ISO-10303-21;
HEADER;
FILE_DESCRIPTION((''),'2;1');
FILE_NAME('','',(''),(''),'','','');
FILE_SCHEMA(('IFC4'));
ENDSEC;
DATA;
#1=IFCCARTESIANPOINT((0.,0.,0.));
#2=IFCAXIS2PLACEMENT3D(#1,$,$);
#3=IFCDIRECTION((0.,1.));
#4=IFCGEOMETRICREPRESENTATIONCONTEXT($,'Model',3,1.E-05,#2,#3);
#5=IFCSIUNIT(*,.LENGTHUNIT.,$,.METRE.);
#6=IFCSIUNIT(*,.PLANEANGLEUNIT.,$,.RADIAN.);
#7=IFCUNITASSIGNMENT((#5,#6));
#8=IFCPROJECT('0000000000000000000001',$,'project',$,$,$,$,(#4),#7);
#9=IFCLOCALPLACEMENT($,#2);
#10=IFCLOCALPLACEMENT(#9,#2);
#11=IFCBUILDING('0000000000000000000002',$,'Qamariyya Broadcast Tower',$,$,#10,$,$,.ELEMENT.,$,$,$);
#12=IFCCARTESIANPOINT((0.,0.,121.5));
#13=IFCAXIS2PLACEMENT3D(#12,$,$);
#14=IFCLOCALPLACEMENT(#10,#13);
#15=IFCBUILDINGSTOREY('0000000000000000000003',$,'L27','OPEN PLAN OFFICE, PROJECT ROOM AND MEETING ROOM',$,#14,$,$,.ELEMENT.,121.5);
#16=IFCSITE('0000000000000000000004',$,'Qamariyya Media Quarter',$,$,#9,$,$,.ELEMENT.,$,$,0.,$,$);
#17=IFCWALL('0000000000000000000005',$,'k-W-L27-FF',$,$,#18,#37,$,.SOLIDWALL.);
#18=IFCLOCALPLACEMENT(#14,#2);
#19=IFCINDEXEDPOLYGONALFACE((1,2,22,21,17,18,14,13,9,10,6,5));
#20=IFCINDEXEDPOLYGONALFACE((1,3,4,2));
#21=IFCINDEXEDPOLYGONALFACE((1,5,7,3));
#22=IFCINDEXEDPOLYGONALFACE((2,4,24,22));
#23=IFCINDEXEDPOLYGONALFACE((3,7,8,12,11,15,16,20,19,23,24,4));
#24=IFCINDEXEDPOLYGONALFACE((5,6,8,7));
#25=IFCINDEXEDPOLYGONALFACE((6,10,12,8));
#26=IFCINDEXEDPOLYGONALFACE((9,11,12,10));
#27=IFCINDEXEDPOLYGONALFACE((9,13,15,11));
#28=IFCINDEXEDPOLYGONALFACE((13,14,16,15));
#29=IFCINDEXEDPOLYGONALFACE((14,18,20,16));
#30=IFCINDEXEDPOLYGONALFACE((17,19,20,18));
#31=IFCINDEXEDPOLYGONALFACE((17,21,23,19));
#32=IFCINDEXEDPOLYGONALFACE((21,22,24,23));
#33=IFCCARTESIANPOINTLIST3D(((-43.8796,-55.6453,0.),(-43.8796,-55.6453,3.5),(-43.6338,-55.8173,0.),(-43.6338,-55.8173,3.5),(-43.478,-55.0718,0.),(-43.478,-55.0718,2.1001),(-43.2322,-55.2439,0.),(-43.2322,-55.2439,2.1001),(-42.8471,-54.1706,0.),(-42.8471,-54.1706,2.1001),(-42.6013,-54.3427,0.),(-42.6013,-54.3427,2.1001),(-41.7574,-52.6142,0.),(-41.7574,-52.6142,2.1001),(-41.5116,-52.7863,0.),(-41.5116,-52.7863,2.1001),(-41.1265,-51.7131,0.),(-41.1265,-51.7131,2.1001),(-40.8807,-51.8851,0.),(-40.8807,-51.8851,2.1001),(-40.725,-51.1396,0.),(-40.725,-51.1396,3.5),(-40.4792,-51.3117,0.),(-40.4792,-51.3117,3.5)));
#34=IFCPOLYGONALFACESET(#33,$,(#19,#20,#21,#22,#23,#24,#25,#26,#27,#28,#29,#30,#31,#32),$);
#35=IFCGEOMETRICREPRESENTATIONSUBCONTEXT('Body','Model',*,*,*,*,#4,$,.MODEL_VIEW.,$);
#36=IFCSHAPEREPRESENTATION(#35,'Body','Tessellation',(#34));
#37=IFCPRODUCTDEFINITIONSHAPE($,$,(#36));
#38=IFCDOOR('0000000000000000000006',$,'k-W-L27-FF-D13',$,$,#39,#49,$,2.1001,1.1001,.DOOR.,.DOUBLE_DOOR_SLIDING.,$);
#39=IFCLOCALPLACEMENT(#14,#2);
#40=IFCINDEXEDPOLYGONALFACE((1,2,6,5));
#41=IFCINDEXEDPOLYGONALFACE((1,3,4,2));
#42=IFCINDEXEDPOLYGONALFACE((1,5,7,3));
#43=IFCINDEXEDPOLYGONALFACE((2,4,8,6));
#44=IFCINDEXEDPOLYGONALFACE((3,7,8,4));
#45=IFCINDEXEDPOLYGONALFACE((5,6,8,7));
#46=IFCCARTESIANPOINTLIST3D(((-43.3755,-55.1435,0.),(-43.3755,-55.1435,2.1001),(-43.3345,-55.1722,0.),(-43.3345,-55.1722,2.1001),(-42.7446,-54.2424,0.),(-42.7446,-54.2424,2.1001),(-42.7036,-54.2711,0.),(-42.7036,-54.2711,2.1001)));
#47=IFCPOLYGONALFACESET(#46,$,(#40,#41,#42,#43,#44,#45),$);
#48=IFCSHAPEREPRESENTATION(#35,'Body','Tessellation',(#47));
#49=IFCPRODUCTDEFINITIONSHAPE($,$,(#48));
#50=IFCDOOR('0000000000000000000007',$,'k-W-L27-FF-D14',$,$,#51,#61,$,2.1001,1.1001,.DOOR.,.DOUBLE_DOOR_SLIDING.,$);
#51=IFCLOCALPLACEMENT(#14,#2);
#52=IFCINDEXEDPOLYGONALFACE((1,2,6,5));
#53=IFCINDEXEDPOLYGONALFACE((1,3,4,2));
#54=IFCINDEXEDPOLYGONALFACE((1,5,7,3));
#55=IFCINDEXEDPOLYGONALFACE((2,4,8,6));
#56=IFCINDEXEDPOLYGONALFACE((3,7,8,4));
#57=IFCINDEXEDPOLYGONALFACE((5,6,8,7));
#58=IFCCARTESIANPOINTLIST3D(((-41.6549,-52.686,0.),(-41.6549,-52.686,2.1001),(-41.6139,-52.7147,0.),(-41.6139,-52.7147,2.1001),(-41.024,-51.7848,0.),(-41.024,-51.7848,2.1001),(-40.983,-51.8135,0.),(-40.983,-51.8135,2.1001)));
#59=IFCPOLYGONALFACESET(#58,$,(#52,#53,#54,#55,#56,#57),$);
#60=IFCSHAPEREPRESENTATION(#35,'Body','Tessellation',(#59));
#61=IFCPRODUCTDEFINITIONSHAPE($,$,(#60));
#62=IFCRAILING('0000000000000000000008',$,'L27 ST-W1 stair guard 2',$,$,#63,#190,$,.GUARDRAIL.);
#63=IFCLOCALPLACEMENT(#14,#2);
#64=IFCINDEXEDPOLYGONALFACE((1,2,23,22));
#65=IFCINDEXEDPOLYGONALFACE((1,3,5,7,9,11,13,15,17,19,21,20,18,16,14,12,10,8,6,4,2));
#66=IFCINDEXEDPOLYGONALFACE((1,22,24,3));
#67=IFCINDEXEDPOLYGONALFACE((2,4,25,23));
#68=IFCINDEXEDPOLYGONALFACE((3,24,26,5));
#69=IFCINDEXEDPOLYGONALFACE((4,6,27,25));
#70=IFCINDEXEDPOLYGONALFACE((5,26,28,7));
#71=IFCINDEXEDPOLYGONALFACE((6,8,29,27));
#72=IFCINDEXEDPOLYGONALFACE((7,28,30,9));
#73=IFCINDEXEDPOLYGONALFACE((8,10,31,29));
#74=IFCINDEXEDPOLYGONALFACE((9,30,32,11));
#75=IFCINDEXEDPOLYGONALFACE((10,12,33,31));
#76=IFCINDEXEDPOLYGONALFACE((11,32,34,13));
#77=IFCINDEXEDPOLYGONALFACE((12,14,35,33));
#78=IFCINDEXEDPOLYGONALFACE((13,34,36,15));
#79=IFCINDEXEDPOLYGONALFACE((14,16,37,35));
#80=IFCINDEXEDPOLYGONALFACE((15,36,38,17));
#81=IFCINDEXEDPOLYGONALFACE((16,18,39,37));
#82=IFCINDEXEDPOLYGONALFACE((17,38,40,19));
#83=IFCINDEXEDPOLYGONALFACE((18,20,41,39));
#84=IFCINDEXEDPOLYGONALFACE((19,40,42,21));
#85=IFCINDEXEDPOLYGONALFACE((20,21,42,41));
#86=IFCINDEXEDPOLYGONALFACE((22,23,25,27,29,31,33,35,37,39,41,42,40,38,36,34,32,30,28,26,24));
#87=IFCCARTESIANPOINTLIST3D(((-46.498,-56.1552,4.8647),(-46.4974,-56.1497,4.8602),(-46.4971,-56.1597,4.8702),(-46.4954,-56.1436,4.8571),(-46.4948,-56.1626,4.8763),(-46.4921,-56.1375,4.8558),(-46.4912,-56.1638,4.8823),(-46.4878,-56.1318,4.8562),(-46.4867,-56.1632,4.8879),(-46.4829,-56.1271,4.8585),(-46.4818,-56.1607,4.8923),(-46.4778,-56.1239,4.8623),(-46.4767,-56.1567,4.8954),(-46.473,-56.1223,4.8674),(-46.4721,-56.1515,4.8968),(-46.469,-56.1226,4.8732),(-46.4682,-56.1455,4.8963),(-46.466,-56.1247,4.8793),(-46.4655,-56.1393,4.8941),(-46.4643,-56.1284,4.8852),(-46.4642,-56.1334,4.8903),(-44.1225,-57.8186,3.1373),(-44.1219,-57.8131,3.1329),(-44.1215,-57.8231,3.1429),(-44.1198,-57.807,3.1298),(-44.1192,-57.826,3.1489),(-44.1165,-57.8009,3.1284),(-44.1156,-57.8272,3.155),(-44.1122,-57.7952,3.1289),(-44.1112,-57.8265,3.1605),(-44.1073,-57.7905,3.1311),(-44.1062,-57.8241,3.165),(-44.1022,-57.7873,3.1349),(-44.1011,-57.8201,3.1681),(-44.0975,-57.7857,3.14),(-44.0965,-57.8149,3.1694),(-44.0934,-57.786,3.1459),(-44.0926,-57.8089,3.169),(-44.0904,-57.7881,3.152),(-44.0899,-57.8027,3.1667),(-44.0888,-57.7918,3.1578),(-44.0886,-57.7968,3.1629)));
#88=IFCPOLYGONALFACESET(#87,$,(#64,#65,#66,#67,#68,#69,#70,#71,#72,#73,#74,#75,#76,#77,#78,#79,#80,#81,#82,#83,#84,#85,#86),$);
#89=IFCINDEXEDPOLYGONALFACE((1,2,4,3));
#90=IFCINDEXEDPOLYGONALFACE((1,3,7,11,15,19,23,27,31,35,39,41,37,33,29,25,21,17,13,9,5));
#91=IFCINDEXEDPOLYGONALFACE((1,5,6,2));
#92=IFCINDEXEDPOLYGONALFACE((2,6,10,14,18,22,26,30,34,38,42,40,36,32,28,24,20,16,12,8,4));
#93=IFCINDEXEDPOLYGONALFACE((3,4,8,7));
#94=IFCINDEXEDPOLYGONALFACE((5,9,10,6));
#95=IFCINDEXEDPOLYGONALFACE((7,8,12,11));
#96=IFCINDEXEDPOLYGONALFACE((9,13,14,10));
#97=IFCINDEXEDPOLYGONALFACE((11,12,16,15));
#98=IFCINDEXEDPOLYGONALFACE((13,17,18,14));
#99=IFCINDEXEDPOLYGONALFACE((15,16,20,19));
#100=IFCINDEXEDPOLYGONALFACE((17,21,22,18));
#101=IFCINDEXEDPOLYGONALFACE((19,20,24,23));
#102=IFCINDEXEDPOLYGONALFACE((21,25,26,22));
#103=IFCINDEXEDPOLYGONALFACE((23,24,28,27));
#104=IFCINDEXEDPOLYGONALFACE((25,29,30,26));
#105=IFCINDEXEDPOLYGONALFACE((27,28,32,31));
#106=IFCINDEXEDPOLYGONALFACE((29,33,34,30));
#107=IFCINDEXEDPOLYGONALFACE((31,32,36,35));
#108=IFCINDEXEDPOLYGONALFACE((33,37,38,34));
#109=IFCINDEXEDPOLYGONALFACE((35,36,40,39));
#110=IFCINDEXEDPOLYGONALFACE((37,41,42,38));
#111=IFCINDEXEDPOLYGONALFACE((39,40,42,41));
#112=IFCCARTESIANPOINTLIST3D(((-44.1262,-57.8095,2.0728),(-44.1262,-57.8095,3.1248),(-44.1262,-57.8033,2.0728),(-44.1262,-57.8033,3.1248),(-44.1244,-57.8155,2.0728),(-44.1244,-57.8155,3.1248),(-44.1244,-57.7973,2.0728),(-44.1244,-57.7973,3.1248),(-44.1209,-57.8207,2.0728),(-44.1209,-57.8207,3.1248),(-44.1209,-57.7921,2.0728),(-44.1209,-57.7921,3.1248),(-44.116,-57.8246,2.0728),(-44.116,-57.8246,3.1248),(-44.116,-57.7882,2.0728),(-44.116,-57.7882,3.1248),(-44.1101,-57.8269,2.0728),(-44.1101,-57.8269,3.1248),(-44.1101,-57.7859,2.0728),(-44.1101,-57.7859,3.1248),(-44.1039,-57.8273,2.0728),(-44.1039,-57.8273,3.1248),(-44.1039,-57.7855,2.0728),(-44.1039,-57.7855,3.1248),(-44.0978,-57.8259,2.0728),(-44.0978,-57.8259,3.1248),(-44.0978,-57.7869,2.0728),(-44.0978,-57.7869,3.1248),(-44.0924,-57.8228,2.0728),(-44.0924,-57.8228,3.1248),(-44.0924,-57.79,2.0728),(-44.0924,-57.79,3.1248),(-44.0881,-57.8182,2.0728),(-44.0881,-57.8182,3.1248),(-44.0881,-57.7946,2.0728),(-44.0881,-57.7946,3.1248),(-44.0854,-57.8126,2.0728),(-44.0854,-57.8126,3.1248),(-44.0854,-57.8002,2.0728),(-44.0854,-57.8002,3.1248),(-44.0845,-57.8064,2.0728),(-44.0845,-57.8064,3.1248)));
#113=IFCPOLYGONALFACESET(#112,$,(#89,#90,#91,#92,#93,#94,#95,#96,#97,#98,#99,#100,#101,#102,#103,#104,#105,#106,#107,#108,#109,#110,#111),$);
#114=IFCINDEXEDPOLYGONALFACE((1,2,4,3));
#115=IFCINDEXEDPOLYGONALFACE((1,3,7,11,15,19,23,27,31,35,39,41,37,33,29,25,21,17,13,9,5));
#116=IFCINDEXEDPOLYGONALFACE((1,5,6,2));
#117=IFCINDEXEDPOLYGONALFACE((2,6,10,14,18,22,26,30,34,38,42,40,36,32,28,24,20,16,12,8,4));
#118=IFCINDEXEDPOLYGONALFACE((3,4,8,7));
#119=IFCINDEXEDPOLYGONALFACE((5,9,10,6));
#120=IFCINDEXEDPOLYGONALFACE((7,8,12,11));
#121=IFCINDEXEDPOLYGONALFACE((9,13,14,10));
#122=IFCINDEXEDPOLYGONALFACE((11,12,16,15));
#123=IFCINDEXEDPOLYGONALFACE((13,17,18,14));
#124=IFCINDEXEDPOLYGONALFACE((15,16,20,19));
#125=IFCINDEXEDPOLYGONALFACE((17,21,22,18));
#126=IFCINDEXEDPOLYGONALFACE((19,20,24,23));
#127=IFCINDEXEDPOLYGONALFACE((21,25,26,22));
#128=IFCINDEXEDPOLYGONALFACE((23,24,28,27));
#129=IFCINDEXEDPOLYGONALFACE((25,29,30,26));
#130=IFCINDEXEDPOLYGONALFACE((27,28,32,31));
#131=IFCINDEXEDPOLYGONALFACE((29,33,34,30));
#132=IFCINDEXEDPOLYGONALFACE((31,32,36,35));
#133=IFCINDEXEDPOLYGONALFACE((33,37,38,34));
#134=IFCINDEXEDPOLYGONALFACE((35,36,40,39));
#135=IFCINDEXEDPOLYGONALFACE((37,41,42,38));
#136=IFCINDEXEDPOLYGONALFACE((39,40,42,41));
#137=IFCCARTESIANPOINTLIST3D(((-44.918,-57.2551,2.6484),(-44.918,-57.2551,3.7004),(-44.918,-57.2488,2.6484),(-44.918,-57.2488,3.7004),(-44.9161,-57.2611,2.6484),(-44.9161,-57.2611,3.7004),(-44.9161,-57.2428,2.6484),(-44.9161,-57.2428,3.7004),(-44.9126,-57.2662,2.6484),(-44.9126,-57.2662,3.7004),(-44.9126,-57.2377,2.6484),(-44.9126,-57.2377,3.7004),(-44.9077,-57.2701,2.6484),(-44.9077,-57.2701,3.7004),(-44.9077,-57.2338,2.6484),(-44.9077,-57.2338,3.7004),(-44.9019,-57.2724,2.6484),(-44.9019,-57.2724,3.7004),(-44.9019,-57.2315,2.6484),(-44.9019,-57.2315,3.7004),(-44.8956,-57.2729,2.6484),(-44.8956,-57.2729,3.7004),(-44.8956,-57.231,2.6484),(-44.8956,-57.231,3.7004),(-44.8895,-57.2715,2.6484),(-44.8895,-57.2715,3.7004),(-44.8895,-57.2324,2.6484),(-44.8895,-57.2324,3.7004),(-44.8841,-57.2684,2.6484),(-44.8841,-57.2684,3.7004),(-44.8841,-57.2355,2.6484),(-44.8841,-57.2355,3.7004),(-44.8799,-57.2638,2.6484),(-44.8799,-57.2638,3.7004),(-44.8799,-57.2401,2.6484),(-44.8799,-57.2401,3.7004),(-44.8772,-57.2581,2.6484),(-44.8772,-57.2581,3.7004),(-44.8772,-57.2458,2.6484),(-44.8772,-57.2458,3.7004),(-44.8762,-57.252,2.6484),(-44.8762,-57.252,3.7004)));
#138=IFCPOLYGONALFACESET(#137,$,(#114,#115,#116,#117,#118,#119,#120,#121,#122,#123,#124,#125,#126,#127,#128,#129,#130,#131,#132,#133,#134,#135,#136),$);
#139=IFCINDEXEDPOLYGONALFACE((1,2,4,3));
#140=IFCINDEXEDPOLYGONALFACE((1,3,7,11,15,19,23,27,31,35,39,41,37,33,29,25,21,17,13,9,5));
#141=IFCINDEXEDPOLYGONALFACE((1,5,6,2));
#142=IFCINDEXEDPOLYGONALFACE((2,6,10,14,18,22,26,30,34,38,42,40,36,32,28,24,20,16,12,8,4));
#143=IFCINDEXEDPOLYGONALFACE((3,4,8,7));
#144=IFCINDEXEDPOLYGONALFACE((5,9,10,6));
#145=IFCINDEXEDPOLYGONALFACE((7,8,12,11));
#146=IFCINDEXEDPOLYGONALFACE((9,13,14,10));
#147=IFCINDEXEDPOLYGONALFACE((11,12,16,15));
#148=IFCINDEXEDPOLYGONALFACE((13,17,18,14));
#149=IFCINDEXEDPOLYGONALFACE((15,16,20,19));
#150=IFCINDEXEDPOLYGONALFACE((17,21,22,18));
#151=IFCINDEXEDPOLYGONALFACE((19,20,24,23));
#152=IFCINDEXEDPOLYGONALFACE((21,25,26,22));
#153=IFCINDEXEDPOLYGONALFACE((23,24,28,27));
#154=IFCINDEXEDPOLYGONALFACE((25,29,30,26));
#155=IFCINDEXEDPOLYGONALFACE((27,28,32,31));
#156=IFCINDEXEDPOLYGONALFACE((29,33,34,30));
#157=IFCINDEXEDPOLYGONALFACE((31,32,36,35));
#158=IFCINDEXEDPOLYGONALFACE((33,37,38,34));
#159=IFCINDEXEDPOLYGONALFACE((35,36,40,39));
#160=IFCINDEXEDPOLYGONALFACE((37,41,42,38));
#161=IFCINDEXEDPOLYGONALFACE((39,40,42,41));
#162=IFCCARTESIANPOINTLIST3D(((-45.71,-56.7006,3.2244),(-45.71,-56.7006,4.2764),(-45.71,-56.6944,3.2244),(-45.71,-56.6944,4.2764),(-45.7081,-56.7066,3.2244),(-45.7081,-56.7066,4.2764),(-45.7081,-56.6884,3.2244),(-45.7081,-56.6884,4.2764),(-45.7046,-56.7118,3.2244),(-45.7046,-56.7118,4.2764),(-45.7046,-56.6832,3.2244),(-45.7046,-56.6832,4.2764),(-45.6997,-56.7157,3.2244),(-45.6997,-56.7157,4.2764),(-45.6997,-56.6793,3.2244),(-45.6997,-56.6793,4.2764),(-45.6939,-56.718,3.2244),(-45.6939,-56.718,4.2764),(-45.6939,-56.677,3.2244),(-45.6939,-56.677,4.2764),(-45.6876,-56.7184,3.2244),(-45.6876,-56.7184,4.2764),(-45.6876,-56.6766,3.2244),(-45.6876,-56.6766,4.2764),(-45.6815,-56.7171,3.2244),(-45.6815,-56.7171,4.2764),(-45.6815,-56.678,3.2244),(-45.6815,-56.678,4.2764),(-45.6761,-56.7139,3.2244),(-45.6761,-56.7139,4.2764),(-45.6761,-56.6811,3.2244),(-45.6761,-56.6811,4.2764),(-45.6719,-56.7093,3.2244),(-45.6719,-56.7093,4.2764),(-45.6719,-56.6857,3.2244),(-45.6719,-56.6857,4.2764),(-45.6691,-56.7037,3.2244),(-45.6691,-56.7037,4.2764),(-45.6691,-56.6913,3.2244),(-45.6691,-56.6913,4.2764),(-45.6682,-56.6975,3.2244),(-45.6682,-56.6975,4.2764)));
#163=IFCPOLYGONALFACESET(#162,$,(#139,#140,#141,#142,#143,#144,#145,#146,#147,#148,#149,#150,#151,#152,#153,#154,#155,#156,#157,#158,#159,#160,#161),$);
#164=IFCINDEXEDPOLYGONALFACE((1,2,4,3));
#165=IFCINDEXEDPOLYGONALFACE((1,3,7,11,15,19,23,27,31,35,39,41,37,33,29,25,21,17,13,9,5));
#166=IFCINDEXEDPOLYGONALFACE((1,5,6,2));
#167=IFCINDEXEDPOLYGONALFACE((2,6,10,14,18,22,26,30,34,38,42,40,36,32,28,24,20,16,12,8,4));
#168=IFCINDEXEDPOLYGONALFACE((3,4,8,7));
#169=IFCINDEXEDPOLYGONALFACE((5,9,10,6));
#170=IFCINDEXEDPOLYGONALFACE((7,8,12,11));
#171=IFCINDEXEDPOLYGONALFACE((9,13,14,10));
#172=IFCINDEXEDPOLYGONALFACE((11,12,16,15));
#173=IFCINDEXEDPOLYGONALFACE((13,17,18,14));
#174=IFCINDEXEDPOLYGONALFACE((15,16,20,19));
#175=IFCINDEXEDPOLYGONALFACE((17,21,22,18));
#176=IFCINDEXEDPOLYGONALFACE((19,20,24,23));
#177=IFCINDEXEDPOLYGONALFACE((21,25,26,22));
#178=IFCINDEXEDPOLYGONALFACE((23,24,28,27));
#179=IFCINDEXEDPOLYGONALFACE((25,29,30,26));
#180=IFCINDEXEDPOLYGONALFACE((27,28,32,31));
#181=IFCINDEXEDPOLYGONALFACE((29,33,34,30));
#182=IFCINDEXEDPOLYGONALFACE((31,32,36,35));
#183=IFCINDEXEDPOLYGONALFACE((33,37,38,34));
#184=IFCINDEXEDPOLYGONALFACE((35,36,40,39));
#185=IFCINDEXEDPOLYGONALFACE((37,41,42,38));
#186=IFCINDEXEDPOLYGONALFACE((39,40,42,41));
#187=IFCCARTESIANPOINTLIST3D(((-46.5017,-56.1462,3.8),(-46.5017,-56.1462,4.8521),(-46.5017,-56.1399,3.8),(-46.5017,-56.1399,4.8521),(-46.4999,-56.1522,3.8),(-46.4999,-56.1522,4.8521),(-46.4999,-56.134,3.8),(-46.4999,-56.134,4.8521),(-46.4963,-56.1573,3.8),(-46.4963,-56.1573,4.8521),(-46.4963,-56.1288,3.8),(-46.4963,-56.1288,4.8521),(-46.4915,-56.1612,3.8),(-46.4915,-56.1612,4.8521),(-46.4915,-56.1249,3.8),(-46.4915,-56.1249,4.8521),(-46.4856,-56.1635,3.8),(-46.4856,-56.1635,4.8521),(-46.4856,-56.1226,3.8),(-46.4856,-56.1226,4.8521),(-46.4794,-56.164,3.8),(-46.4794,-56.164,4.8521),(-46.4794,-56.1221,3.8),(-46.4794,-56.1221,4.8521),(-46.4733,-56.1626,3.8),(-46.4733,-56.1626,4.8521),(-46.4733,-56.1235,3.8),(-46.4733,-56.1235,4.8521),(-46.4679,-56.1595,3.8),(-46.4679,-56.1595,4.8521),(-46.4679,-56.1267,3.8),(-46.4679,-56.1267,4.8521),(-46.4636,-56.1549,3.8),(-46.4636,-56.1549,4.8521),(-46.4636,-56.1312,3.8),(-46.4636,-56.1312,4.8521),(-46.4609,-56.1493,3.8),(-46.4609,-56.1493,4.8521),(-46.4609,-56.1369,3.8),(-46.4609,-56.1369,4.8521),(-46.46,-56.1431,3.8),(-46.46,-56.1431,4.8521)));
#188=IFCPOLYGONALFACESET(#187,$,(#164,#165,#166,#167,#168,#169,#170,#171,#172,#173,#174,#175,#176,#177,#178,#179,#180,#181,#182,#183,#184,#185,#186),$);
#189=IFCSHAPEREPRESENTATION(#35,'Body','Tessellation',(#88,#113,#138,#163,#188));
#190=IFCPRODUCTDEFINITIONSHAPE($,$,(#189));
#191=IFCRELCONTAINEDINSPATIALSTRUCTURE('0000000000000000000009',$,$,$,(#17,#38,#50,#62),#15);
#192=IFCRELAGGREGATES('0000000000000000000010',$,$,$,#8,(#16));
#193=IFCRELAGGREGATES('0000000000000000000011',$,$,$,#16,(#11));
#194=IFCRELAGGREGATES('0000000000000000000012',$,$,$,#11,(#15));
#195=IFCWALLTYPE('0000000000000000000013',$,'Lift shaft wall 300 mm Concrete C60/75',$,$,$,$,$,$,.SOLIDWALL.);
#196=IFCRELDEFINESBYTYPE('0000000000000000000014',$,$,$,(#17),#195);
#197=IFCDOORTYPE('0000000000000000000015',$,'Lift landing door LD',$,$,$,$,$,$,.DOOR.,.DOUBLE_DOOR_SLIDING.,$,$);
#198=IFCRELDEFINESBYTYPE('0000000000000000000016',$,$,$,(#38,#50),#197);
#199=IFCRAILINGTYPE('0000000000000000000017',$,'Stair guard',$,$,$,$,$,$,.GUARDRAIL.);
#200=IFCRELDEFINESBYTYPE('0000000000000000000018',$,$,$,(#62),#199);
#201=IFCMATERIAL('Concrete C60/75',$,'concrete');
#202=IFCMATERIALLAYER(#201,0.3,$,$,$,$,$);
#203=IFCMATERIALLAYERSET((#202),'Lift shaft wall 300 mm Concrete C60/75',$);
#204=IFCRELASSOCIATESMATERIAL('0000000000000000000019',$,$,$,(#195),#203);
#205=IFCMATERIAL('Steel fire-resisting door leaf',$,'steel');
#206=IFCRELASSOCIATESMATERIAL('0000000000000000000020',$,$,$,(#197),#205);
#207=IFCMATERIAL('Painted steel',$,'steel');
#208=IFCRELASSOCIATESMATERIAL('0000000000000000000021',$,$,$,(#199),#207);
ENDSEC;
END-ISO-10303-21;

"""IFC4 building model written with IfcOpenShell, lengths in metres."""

from ifc_helpers import new_model, si_unit, direction, frame, frame_2d, origin, origin_2d, place, context, subcontext, project, spatial, rectangle, circle, extrude, material, layer, layer_set, type_object, element, fill, save


model = new_model("IFC4")

# Units and contexts
model_context = context("Model", 3, precision=1e-05, world=origin(), true_north=direction((0.0, 1.0)))
body_context = subcontext(model_context, "Body", "Model", "MODEL_VIEW")
ifc_project = project(units=[si_unit("LENGTHUNIT", "METRE"), si_unit("PLANEANGLEUNIT", "RADIAN")], contexts=[model_context])

# Site, building, storey
site_placement = place(None, origin())
site = spatial("IfcSite", under=ifc_project, at=site_placement, Name="Qamariyya Media Quarter", CompositionType="ELEMENT", RefElevation=0.0)
building_placement = place(site_placement, origin())
building = spatial("IfcBuilding", under=site, at=building_placement, Name="Qamariyya Broadcast Tower", CompositionType="ELEMENT")
storey_placement = place(building_placement, frame((0.0, 0.0, 121.5)))
storey = spatial("IfcBuildingStorey", under=building, at=storey_placement, Name="L27", Description="OPEN PLAN OFFICE, PROJECT ROOM AND MEETING ROOM", CompositionType="ELEMENT", Elevation=121.5)

# Shared definitions
ifc_material_1 = material(Name="Steel fire-resisting door leaf", Category="steel")

# Shared definitions
ifc_material_2 = material(Name="Concrete C60/75", Category="concrete")
ifc_layer_1 = layer(ifc_material_2, 0.3)
ifc_layer_set_1 = layer_set([ifc_layer_1], Name="Lift shaft wall 300 mm Concrete C60/75")
wall_type_1 = type_object("IfcWallType", Name="Lift shaft wall 300 mm Concrete C60/75", PredefinedType="SOLIDWALL", material=ifc_layer_set_1)

# Wall, openings, doors
wall_1_placement = place(storey_placement, frame((-43.7566, -55.7312, 0.0), z_axis=(0.0, 0.0, 1.0), x_axis=(0.573537, 0.81918, 0.0)))
wall_1 = element("IfcWall", 1, at=wall_1_placement, inside=storey, type_object=wall_type_1, Name="k-W-L27-FF", PredefinedType="SOLIDWALL", context=body_context, shape_type="SweptSolid", body=[
    extrude(rectangle(XDim=5.5002, YDim=0.3, at=frame_2d((2.75, 0.0))), origin(), (0.0, 0.0, 1.0), 3.5),
])
opening_1_placement = place(wall_1_placement, frame((0.7, 0.0, 0.0)))
opening_1 = element("IfcOpeningElement", 2, at=opening_1_placement, cuts=wall_1, PredefinedType="OPENING", context=body_context, shape_type="SweptSolid", body=[
    extrude(rectangle(XDim=1.1001, YDim=2.1001, at=frame_2d((0.55, 1.05))), frame((0.0, 0.1599, 0.0), z_axis=(0.0, -1.0, 0.0), x_axis=(1.0, 0.0, 0.0)), (0.0, 0.0, 1.0), 0.3201),
])
opening_2_placement = place(wall_1_placement, frame((3.7, 0.0, 0.0)))
opening_2 = element("IfcOpeningElement", 3, at=opening_2_placement, cuts=wall_1, PredefinedType="OPENING", context=body_context, shape_type="SweptSolid", body=[
    extrude(rectangle(XDim=1.1001, YDim=2.1001, at=frame_2d((0.55, 1.05))), frame((0.0, 0.1599, 0.0), z_axis=(0.0, -1.0, 0.0), x_axis=(1.0, 0.0, 0.0)), (0.0, 0.0, 1.0), 0.3201),
])
door_type_1 = type_object("IfcDoorType", Name="Lift landing door LD", OperationType="DOUBLE_DOOR_SLIDING", PredefinedType="DOOR", material=ifc_material_1)
door_1_placement = place(opening_1_placement, origin())
door_1 = element("IfcDoor", 4, at=door_1_placement, inside=storey, type_object=door_type_1, Name="k-W-L27-FF-D13", OperationType="DOUBLE_DOOR_SLIDING", OverallHeight=2.1001, OverallWidth=1.1001, PredefinedType="DOOR", context=body_context, shape_type="SweptSolid", body=[
    extrude(rectangle(XDim=1.1001, YDim=2.1001, at=frame_2d((0.55, 1.05))), frame((0.0, 0.0249, 0.0), z_axis=(0.0, -1.0, 0.0), x_axis=(1.0, 0.0, 0.0)), (0.0, 0.0, 1.0), 0.05),
])
fill(opening_1, door_1)
door_2_placement = place(opening_2_placement, origin())
door_2 = element("IfcDoor", 5, at=door_2_placement, inside=storey, type_object=door_type_1, Name="k-W-L27-FF-D14", OperationType="DOUBLE_DOOR_SLIDING", OverallHeight=2.1001, OverallWidth=1.1001, PredefinedType="DOOR", context=body_context, shape_type="SweptSolid", body=[
    extrude(rectangle(XDim=1.1001, YDim=2.1001, at=frame_2d((0.55, 1.05))), frame((0.0, 0.0249, 0.0), z_axis=(0.0, -1.0, 0.0), x_axis=(1.0, 0.0, 0.0)), (0.0, 0.0, 1.0), 0.05),
])
fill(opening_2, door_2)

# Railing
ifc_material_3 = material(Name="Painted steel", Category="steel")
railing_type_1 = type_object("IfcRailingType", Name="Stair guard", PredefinedType="GUARDRAIL", material=ifc_material_3)
railing_1_placement = place(storey_placement, frame((-44.1055, -57.8064, 2.0728)))
element("IfcRailing", 6, at=railing_1_placement, inside=storey, type_object=railing_type_1, Name="L27 ST-W1 stair guard 2", PredefinedType="GUARDRAIL", context=body_context, shape_type="SweptSolid", body=[
    extrude(circle(Radius=0.0239, at=origin_2d()), frame((0.0, 0.0, 1.0762), z_axis=(-0.70377, 0.492784, 0.511734), x_axis=(-0.573575, -0.819153, 0.0)), (0.0, 0.0, 1.0), 3.3755),
    extrude(circle(Radius=0.021, at=origin_2d()), origin(), (0.0, 0.0, 1.0), 1.052),
    extrude(circle(Radius=0.021, at=origin_2d()), frame((-0.7917, 0.5544, 0.5757)), (0.0, 0.0, 1.0), 1.052),
    extrude(circle(Radius=0.021, at=origin_2d()), frame((-1.5837, 1.1089, 1.1516)), (0.0, 0.0, 1.0), 1.052),
    extrude(circle(Radius=0.021, at=origin_2d()), frame((-2.3755, 1.6633, 1.7273)), (0.0, 0.0, 1.0), 1.052),
])

save(model, "model.ifc")
